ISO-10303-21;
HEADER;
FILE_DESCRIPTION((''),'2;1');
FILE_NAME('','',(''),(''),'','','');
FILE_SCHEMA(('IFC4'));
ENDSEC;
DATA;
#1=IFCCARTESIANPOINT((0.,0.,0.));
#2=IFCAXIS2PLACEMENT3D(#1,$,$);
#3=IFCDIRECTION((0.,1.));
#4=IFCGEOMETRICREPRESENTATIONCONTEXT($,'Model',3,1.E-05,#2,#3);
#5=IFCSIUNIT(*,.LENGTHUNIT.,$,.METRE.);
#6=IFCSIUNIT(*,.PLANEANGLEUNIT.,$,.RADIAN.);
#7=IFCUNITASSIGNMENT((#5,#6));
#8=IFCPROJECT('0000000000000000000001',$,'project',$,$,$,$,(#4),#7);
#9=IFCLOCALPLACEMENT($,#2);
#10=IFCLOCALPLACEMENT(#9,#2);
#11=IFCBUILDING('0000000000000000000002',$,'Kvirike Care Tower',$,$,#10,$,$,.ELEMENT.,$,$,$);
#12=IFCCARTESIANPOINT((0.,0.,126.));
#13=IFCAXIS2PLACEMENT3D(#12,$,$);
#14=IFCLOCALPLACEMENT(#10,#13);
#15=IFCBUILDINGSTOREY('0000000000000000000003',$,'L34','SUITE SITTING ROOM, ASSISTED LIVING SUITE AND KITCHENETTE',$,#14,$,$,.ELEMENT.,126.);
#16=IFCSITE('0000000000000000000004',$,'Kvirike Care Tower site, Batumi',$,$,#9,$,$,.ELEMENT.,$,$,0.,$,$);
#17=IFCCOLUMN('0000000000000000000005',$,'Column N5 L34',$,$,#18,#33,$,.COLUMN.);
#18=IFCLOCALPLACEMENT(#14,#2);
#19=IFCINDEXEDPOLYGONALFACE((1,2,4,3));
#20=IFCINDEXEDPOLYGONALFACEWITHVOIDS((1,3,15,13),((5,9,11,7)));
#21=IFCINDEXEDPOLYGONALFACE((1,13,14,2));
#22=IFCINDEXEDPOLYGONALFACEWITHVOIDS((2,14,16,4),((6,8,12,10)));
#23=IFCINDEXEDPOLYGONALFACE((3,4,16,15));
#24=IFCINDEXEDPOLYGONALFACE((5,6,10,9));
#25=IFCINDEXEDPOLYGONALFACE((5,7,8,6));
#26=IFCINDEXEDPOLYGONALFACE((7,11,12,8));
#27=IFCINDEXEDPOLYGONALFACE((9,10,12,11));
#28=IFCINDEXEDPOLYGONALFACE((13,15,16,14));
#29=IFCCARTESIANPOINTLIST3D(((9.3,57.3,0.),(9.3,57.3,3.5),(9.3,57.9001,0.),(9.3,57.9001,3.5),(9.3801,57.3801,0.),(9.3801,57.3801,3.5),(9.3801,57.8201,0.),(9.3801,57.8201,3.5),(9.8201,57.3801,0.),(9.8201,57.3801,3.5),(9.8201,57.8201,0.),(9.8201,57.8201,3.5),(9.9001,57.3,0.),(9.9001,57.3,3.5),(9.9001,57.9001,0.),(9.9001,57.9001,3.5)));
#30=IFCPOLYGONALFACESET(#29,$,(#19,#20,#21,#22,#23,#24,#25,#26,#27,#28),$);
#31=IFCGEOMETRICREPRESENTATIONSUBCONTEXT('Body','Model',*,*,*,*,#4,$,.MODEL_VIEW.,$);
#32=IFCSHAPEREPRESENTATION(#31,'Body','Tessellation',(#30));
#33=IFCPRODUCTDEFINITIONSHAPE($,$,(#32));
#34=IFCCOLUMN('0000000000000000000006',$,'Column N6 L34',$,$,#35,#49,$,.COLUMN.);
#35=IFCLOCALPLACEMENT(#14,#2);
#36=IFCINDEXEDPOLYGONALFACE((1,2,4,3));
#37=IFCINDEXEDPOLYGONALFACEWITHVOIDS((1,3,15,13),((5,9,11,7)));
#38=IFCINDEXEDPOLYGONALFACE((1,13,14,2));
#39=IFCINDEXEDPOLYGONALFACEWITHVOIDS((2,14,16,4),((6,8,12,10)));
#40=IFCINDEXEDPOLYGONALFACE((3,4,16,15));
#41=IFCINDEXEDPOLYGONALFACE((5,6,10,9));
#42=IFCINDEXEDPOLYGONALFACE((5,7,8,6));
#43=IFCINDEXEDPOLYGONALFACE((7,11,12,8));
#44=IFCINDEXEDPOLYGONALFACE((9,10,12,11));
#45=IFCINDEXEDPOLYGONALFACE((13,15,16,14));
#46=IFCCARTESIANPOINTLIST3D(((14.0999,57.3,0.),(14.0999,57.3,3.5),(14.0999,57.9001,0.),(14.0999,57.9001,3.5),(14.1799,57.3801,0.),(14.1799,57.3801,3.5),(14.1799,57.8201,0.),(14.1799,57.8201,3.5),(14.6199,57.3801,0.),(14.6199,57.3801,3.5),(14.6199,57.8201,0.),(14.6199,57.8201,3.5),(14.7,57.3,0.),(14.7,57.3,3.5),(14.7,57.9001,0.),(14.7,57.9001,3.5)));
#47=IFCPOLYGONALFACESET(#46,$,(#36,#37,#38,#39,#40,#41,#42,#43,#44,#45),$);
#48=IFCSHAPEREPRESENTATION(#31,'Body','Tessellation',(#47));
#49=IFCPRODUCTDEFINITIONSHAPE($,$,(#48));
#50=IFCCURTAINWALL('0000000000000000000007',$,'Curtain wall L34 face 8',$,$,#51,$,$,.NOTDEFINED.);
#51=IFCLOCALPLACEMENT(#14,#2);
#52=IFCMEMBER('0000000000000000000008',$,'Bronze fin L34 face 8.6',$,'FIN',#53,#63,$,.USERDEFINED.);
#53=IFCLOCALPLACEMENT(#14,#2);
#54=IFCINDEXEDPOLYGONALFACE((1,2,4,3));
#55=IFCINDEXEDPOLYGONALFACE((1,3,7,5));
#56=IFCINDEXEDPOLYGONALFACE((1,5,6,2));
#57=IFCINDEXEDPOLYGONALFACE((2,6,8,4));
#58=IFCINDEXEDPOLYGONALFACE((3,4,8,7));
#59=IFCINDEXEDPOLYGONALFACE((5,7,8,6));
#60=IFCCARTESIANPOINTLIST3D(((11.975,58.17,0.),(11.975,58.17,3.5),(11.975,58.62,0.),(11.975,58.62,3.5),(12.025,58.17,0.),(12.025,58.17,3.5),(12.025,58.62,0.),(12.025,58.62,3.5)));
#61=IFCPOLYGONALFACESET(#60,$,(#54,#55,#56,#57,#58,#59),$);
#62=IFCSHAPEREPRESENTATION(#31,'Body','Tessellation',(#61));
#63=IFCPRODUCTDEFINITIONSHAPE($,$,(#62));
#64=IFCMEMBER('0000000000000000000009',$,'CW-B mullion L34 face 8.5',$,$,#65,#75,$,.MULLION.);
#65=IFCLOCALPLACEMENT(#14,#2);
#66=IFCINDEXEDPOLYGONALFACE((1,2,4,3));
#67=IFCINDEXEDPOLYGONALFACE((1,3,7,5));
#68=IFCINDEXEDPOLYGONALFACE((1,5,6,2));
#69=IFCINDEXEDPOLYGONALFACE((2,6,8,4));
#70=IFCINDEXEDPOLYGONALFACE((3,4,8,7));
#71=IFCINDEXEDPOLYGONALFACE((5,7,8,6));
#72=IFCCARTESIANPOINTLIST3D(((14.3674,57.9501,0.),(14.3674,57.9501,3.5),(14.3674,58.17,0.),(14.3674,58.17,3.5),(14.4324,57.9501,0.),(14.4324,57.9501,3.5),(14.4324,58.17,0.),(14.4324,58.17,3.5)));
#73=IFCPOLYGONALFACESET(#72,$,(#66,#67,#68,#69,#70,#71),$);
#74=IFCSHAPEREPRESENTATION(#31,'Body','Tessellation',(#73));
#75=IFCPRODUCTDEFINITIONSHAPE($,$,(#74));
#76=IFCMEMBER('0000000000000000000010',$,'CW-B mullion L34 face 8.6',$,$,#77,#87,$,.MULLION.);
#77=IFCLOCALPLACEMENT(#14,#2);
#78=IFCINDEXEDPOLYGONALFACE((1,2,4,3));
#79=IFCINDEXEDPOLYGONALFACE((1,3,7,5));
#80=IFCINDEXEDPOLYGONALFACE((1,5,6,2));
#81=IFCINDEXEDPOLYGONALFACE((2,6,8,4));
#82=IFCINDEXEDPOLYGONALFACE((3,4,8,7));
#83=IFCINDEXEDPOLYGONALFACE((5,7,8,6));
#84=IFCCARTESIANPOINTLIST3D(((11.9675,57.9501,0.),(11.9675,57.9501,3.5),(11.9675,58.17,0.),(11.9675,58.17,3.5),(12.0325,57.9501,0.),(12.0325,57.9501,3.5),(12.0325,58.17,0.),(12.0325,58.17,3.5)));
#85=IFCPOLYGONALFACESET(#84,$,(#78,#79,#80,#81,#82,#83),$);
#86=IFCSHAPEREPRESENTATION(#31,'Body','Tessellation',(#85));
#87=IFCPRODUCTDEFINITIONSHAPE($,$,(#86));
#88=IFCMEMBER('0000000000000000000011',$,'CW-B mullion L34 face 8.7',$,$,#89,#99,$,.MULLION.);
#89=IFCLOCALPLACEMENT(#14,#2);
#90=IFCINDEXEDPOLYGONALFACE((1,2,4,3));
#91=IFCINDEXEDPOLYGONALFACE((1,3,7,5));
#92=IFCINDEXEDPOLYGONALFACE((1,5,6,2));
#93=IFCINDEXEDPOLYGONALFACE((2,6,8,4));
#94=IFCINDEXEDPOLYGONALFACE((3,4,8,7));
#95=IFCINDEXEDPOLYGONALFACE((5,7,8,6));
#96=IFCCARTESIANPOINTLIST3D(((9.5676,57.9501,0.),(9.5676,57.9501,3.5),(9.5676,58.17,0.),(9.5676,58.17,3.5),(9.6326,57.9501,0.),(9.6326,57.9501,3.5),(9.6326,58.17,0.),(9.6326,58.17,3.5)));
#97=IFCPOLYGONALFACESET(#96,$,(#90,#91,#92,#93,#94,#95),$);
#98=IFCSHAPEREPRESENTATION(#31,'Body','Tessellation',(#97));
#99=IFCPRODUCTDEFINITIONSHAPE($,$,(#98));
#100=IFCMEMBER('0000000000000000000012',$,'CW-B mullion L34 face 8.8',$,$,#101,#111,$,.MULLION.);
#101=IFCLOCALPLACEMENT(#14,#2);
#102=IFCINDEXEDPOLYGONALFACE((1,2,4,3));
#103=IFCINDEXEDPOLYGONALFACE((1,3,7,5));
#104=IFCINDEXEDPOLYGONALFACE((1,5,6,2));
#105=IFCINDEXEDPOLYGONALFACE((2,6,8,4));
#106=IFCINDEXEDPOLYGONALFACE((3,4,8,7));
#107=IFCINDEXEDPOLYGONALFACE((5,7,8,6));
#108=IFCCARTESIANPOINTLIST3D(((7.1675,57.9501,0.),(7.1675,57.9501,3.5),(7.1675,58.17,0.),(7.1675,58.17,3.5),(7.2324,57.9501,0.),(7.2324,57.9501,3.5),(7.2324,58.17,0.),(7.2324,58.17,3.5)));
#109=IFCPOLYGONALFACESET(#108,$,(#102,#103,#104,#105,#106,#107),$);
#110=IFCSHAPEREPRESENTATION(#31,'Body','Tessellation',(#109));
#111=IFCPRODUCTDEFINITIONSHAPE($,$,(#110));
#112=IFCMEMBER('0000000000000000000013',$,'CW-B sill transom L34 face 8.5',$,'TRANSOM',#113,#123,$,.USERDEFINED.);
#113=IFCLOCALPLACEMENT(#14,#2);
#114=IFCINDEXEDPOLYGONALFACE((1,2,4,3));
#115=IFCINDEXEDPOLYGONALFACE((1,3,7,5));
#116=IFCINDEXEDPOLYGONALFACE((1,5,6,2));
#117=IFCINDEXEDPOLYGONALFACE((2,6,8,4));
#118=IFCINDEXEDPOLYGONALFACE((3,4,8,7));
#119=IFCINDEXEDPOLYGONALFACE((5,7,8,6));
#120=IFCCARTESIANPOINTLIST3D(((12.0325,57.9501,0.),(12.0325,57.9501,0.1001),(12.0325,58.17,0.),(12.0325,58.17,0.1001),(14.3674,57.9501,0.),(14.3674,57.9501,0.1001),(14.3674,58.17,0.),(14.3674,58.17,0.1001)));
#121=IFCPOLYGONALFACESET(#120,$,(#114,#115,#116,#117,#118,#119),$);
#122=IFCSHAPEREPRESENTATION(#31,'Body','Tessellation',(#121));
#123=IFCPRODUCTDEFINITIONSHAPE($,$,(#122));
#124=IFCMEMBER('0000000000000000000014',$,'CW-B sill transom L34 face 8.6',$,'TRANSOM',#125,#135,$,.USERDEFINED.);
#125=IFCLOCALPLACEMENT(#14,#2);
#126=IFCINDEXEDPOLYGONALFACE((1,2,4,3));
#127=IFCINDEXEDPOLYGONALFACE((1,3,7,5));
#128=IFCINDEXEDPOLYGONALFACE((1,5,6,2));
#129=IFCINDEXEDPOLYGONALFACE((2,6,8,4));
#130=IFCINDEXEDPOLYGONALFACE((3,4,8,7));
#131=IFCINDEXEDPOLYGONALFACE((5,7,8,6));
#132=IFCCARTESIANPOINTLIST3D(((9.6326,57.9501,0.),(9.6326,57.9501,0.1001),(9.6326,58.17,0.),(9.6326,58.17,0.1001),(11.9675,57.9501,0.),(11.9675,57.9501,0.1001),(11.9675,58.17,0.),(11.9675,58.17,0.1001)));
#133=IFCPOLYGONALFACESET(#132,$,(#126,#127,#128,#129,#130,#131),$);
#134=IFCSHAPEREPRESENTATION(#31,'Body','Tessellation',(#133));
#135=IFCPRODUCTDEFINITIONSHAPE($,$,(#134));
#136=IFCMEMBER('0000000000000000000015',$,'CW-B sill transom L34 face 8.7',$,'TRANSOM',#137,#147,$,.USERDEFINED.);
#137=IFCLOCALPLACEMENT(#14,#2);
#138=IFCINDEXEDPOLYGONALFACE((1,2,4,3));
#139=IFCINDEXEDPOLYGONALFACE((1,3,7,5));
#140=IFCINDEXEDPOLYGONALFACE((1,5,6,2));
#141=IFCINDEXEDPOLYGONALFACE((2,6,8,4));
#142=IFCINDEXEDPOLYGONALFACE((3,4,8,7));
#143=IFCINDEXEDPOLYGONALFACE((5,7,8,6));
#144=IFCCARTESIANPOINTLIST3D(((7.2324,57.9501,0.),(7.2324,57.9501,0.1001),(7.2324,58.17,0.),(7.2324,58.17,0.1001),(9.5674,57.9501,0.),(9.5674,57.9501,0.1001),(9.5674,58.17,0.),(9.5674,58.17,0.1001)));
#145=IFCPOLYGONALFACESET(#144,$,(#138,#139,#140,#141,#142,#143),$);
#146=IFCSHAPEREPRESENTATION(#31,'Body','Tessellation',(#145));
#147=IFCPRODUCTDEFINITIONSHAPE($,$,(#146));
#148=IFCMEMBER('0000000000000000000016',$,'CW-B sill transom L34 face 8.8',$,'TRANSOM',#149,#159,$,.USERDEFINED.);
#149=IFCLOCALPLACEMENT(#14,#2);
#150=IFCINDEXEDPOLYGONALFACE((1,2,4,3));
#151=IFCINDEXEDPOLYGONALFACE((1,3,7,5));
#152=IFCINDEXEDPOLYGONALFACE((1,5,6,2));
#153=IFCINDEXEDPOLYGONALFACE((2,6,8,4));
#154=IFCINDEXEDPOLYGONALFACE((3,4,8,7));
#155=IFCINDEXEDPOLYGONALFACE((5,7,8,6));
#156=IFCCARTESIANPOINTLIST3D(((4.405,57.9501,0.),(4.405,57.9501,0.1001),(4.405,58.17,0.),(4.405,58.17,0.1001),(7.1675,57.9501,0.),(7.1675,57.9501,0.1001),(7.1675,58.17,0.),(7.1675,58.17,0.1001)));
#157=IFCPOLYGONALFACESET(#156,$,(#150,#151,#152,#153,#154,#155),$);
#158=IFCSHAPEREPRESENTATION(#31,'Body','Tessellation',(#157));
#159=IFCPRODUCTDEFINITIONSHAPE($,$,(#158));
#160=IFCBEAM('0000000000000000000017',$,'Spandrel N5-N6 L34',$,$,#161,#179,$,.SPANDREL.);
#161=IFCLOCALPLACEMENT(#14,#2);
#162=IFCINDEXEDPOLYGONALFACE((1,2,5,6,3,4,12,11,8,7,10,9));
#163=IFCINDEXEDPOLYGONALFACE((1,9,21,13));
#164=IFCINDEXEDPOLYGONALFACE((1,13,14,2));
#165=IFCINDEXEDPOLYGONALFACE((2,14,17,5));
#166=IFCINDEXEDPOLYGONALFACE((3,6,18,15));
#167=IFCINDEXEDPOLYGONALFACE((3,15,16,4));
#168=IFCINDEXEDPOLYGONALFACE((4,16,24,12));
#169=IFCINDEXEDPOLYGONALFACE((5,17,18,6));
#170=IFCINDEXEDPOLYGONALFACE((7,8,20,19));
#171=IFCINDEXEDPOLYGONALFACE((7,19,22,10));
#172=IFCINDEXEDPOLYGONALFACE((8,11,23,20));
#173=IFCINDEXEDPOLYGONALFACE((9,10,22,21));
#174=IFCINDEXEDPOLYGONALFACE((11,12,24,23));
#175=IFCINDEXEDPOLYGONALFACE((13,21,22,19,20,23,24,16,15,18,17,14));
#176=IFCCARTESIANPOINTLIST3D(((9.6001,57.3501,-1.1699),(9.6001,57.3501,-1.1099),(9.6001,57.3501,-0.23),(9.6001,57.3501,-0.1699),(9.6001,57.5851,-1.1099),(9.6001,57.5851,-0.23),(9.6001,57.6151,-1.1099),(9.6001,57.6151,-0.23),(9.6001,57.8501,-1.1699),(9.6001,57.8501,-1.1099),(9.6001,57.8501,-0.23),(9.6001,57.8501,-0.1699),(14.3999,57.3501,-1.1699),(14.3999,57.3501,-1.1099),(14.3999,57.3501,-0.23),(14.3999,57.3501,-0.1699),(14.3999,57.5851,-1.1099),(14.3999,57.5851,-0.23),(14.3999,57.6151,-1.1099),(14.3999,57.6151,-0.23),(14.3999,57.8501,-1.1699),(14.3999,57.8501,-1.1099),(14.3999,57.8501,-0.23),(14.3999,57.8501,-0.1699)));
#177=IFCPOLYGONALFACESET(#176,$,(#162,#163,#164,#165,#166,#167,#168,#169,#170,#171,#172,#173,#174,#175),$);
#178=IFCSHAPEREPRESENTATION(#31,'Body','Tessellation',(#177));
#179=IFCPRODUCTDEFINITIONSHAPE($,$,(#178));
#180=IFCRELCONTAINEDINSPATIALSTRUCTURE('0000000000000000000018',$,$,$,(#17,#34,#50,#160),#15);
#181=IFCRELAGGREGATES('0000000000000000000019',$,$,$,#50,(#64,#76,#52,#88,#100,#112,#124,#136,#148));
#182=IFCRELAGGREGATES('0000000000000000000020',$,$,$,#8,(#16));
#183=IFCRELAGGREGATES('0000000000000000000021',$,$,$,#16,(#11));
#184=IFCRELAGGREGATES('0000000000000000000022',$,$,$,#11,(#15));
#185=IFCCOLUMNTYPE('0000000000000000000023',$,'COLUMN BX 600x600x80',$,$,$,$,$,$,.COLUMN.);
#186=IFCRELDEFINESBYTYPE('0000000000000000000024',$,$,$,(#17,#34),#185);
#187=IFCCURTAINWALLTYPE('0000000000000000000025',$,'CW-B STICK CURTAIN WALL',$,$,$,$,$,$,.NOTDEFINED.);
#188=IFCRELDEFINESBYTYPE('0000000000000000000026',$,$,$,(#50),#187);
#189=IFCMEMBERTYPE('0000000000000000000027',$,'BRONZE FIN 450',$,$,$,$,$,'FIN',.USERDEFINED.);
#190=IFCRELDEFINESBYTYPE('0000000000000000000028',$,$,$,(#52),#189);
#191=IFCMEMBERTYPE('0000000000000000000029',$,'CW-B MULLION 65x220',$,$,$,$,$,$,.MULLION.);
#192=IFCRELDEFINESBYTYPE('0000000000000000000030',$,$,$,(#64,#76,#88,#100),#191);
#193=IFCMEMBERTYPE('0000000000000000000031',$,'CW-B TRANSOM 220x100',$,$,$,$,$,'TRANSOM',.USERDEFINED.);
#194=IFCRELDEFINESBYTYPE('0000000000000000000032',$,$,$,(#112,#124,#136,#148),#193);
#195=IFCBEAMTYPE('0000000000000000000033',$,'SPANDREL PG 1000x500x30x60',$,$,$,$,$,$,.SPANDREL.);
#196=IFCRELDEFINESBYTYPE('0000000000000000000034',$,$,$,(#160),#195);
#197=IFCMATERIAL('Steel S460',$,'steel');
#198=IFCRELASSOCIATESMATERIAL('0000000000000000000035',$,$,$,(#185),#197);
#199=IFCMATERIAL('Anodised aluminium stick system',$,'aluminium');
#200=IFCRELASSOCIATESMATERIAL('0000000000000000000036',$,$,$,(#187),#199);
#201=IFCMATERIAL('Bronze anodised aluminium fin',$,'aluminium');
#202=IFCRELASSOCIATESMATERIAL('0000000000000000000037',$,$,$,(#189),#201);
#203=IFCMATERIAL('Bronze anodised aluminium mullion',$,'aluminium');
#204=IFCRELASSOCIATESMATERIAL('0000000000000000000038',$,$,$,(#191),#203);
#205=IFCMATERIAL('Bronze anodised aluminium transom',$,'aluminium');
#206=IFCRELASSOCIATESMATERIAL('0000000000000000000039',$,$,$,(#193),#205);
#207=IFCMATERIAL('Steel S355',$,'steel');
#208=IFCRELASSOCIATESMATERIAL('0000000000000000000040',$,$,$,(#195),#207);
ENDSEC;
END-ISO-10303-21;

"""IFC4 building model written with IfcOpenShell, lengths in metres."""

from ifc_helpers import new_model, si_unit, direction, frame, origin, origin_2d, place, context, subcontext, project, spatial, rectangle, hollow_rectangle, i_section, extrude, material, material_profile, profile_set, type_object, element, aggregate, save


model = new_model("IFC4")

# Units and contexts
model_context = context("Model", 3, precision=1e-05, world=origin(), true_north=direction((0.0, 1.0)))
body_context = subcontext(model_context, "Body", "Model", "MODEL_VIEW")
ifc_project = project(units=[si_unit("LENGTHUNIT", "METRE"), si_unit("PLANEANGLEUNIT", "RADIAN")], contexts=[model_context])

# Site, building, storey
site_placement = place(None, origin())
site = spatial("IfcSite", under=ifc_project, at=site_placement, Name="Kvirike Care Tower site, Batumi", CompositionType="ELEMENT", RefElevation=0.0)
building_placement = place(site_placement, origin())
building = spatial("IfcBuilding", under=site, at=building_placement, Name="Kvirike Care Tower", CompositionType="ELEMENT")
storey_placement = place(building_placement, frame((0.0, 0.0, 126.0)))
storey = spatial("IfcBuildingStorey", under=building, at=storey_placement, Name="L34", Description="SUITE SITTING ROOM, ASSISTED LIVING SUITE AND KITCHENETTE", CompositionType="ELEMENT", Elevation=126.0)

# Columns
ifc_material_1 = material(Name="Steel S460", Category="steel")
ifc_material_profile_1 = material_profile(ifc_material_1, hollow_rectangle(XDim=0.6001, YDim=0.6001, WallThickness=0.0801, at=origin_2d()), Name="BX 600x600x80")
ifc_profile_set_1 = profile_set([ifc_material_profile_1], Name="Steel S460")
column_type = type_object("IfcColumnType", Name="COLUMN BX 600x600x80", PredefinedType="COLUMN", material=ifc_profile_set_1)
for number, where, z_axis, x_axis, name in (
    (1, (9.6001, 57.6001, 0.0), (0.0, 0.0, 1.0), (0.0, 1.0, 0.0), "Column N5 L34"),
    (2, (14.3999, 57.6001, 0.0), (0.0, 0.0, 1.0), (0.0, 1.0, 0.0), "Column N6 L34"),
):
    element("IfcColumn", number, at=place(storey_placement, frame(where, z_axis=z_axis, x_axis=x_axis)), inside=storey, type_object=column_type, Name=name, PredefinedType="COLUMN", context=body_context, shape_type="SweptSolid", body=[
        extrude(hollow_rectangle(XDim=0.6001, YDim=0.6001, WallThickness=0.0801, at=origin_2d()), origin(), (0.0, 0.0, 1.0), 3.5),
    ])

# Curtain wall, members
ifc_material_2 = material(Name="Anodised aluminium stick system", Category="aluminium")
curtain_wall_type = type_object("IfcCurtainWallType", Name="CW-B STICK CURTAIN WALL", PredefinedType="NOTDEFINED", material=ifc_material_2)
curtain_wall_placement = place(storey_placement, origin())
curtain_wall = element("IfcCurtainWall", 3, at=curtain_wall_placement, inside=storey, type_object=curtain_wall_type, Name="Curtain wall L34 face 8", PredefinedType="NOTDEFINED")
ifc_material_3 = material(Name="Bronze anodised aluminium fin", Category="aluminium")
ifc_material_profile_2 = material_profile(ifc_material_3, rectangle(XDim=0.05, YDim=0.45, at=origin_2d()), Name="BRONZE FIN 450")
ifc_profile_set_2 = profile_set([ifc_material_profile_2], Name="Bronze anodised aluminium fin")
member_type_1 = type_object("IfcMemberType", Name="BRONZE FIN 450", ElementType="FIN", PredefinedType="USERDEFINED", material=ifc_profile_set_2)
member_1_placement = place(storey_placement, frame((12.0, 58.395, 0.0), z_axis=(0.0, 0.0, 1.0), x_axis=(-1.0, 0.0, 0.0)))
member_1 = element("IfcMember", 4, at=member_1_placement, type_object=member_type_1, Name="Bronze fin L34 face 8.6", ObjectType="FIN", PredefinedType="USERDEFINED", context=body_context, shape_type="SweptSolid", body=[
    extrude(rectangle(XDim=0.05, YDim=0.45, at=origin_2d()), origin(), (0.0, 0.0, 1.0), 3.5),
])
ifc_material_4 = material(Name="Bronze anodised aluminium mullion", Category="aluminium")
ifc_material_profile_3 = material_profile(ifc_material_4, rectangle(XDim=0.0649, YDim=0.22, at=origin_2d()), Name="CW-B MULLION 65x220")
ifc_profile_set_3 = profile_set([ifc_material_profile_3], Name="Bronze anodised aluminium mullion")
member_type_2 = type_object("IfcMemberType", Name="CW-B MULLION 65x220", PredefinedType="MULLION", material=ifc_profile_set_3)
member_2_placement = place(storey_placement, frame((14.3999, 58.0601, 0.0), z_axis=(0.0, 0.0, 1.0), x_axis=(-1.0, 0.0, 0.0)))
member_2 = element("IfcMember", 5, at=member_2_placement, type_object=member_type_2, Name="CW-B mullion L34 face 8.5", PredefinedType="MULLION", context=body_context, shape_type="SweptSolid", body=[
    extrude(rectangle(XDim=0.0649, YDim=0.22, at=origin_2d()), origin(), (0.0, 0.0, 1.0), 3.5),
])
member_3_placement = place(storey_placement, frame((12.0, 58.0601, 0.0), z_axis=(0.0, 0.0, 1.0), x_axis=(-1.0, 0.0, 0.0)))
member_3 = element("IfcMember", 6, at=member_3_placement, type_object=member_type_2, Name="CW-B mullion L34 face 8.6", PredefinedType="MULLION", context=body_context, shape_type="SweptSolid", body=[
    extrude(rectangle(XDim=0.0649, YDim=0.22, at=origin_2d()), origin(), (0.0, 0.0, 1.0), 3.5),
])
member_4_placement = place(storey_placement, frame((9.6001, 58.0601, 0.0), z_axis=(0.0, 0.0, 1.0), x_axis=(-1.0, 0.0, 0.0)))
member_4 = element("IfcMember", 7, at=member_4_placement, type_object=member_type_2, Name="CW-B mullion L34 face 8.7", PredefinedType="MULLION", context=body_context, shape_type="SweptSolid", body=[
    extrude(rectangle(XDim=0.0649, YDim=0.22, at=origin_2d()), origin(), (0.0, 0.0, 1.0), 3.5),
])
member_5_placement = place(storey_placement, frame((7.2, 58.0601, 0.0), z_axis=(0.0, 0.0, 1.0), x_axis=(-1.0, 0.0, 0.0)))
member_5 = element("IfcMember", 8, at=member_5_placement, type_object=member_type_2, Name="CW-B mullion L34 face 8.8", PredefinedType="MULLION", context=body_context, shape_type="SweptSolid", body=[
    extrude(rectangle(XDim=0.0649, YDim=0.22, at=origin_2d()), origin(), (0.0, 0.0, 1.0), 3.5),
])
ifc_material_5 = material(Name="Bronze anodised aluminium transom", Category="aluminium")
ifc_material_profile_4 = material_profile(ifc_material_5, rectangle(XDim=0.22, YDim=0.1001, at=origin_2d()), Name="CW-B TRANSOM 220x100")
ifc_profile_set_4 = profile_set([ifc_material_profile_4], Name="Bronze anodised aluminium transom")
member_type_3 = type_object("IfcMemberType", Name="CW-B TRANSOM 220x100", ElementType="TRANSOM", PredefinedType="USERDEFINED", material=ifc_profile_set_4)
member_6_placement = place(storey_placement, frame((14.3674, 58.0601, 0.05), z_axis=(-1.0, 0.0, 0.0), x_axis=(0.0, -1.0, 0.0)))
member_6 = element("IfcMember", 9, at=member_6_placement, type_object=member_type_3, Name="CW-B sill transom L34 face 8.5", ObjectType="TRANSOM", PredefinedType="USERDEFINED", context=body_context, shape_type="SweptSolid", body=[
    extrude(rectangle(XDim=0.22, YDim=0.1001, at=origin_2d()), origin(), (0.0, 0.0, 1.0), 2.335),
])
member_7_placement = place(storey_placement, frame((11.9675, 58.0601, 0.05), z_axis=(-1.0, 0.0, 0.0), x_axis=(0.0, -1.0, 0.0)))
member_7 = element("IfcMember", 10, at=member_7_placement, type_object=member_type_3, Name="CW-B sill transom L34 face 8.6", ObjectType="TRANSOM", PredefinedType="USERDEFINED", context=body_context, shape_type="SweptSolid", body=[
    extrude(rectangle(XDim=0.22, YDim=0.1001, at=origin_2d()), origin(), (0.0, 0.0, 1.0), 2.335),
])
member_8_placement = place(storey_placement, frame((9.5674, 58.0601, 0.05), z_axis=(-1.0, 0.0, 0.0), x_axis=(0.0, -1.0, 0.0)))
member_8 = element("IfcMember", 11, at=member_8_placement, type_object=member_type_3, Name="CW-B sill transom L34 face 8.7", ObjectType="TRANSOM", PredefinedType="USERDEFINED", context=body_context, shape_type="SweptSolid", body=[
    extrude(rectangle(XDim=0.22, YDim=0.1001, at=origin_2d()), origin(), (0.0, 0.0, 1.0), 2.335),
])
member_9_placement = place(storey_placement, frame((7.1675, 58.0601, 0.05), z_axis=(-1.0, 0.0, 0.0), x_axis=(0.0, -1.0, 0.0)))
member_9 = element("IfcMember", 12, at=member_9_placement, type_object=member_type_3, Name="CW-B sill transom L34 face 8.8", ObjectType="TRANSOM", PredefinedType="USERDEFINED", context=body_context, shape_type="SweptSolid", body=[
    extrude(rectangle(XDim=0.22, YDim=0.1001, at=origin_2d()), origin(), (0.0, 0.0, 1.0), 2.7625),
])

# Beam
ifc_material_6 = material(Name="Steel S355", Category="steel")
ifc_material_profile_5 = material_profile(ifc_material_6, i_section(OverallWidth=0.5, OverallDepth=1.0, WebThickness=0.03, FlangeThickness=0.0601, at=origin_2d()), Name="PG 1000x500x30x60")
ifc_profile_set_5 = profile_set([ifc_material_profile_5], Name="Steel S355")
beam_type = type_object("IfcBeamType", Name="SPANDREL PG 1000x500x30x60", PredefinedType="SPANDREL", material=ifc_profile_set_5)
beam_1_placement = place(storey_placement, frame((9.6001, 57.6001, -0.6699), z_axis=(1.0, 0.0, 0.0), x_axis=(0.0, 1.0, 0.0)))
element("IfcBeam", 13, at=beam_1_placement, inside=storey, type_object=beam_type, Name="Spandrel N5-N6 L34", PredefinedType="SPANDREL", context=body_context, shape_type="SweptSolid", body=[
    extrude(i_section(OverallWidth=0.5, OverallDepth=1.0, WebThickness=0.03, FlangeThickness=0.0601, at=origin_2d()), origin(), (0.0, 0.0, 1.0), 4.7998),
])

aggregate(curtain_wall, [member_2, member_3, member_1, member_4, member_5, member_6, member_7, member_8, member_9])

save(model, "model.ifc")
